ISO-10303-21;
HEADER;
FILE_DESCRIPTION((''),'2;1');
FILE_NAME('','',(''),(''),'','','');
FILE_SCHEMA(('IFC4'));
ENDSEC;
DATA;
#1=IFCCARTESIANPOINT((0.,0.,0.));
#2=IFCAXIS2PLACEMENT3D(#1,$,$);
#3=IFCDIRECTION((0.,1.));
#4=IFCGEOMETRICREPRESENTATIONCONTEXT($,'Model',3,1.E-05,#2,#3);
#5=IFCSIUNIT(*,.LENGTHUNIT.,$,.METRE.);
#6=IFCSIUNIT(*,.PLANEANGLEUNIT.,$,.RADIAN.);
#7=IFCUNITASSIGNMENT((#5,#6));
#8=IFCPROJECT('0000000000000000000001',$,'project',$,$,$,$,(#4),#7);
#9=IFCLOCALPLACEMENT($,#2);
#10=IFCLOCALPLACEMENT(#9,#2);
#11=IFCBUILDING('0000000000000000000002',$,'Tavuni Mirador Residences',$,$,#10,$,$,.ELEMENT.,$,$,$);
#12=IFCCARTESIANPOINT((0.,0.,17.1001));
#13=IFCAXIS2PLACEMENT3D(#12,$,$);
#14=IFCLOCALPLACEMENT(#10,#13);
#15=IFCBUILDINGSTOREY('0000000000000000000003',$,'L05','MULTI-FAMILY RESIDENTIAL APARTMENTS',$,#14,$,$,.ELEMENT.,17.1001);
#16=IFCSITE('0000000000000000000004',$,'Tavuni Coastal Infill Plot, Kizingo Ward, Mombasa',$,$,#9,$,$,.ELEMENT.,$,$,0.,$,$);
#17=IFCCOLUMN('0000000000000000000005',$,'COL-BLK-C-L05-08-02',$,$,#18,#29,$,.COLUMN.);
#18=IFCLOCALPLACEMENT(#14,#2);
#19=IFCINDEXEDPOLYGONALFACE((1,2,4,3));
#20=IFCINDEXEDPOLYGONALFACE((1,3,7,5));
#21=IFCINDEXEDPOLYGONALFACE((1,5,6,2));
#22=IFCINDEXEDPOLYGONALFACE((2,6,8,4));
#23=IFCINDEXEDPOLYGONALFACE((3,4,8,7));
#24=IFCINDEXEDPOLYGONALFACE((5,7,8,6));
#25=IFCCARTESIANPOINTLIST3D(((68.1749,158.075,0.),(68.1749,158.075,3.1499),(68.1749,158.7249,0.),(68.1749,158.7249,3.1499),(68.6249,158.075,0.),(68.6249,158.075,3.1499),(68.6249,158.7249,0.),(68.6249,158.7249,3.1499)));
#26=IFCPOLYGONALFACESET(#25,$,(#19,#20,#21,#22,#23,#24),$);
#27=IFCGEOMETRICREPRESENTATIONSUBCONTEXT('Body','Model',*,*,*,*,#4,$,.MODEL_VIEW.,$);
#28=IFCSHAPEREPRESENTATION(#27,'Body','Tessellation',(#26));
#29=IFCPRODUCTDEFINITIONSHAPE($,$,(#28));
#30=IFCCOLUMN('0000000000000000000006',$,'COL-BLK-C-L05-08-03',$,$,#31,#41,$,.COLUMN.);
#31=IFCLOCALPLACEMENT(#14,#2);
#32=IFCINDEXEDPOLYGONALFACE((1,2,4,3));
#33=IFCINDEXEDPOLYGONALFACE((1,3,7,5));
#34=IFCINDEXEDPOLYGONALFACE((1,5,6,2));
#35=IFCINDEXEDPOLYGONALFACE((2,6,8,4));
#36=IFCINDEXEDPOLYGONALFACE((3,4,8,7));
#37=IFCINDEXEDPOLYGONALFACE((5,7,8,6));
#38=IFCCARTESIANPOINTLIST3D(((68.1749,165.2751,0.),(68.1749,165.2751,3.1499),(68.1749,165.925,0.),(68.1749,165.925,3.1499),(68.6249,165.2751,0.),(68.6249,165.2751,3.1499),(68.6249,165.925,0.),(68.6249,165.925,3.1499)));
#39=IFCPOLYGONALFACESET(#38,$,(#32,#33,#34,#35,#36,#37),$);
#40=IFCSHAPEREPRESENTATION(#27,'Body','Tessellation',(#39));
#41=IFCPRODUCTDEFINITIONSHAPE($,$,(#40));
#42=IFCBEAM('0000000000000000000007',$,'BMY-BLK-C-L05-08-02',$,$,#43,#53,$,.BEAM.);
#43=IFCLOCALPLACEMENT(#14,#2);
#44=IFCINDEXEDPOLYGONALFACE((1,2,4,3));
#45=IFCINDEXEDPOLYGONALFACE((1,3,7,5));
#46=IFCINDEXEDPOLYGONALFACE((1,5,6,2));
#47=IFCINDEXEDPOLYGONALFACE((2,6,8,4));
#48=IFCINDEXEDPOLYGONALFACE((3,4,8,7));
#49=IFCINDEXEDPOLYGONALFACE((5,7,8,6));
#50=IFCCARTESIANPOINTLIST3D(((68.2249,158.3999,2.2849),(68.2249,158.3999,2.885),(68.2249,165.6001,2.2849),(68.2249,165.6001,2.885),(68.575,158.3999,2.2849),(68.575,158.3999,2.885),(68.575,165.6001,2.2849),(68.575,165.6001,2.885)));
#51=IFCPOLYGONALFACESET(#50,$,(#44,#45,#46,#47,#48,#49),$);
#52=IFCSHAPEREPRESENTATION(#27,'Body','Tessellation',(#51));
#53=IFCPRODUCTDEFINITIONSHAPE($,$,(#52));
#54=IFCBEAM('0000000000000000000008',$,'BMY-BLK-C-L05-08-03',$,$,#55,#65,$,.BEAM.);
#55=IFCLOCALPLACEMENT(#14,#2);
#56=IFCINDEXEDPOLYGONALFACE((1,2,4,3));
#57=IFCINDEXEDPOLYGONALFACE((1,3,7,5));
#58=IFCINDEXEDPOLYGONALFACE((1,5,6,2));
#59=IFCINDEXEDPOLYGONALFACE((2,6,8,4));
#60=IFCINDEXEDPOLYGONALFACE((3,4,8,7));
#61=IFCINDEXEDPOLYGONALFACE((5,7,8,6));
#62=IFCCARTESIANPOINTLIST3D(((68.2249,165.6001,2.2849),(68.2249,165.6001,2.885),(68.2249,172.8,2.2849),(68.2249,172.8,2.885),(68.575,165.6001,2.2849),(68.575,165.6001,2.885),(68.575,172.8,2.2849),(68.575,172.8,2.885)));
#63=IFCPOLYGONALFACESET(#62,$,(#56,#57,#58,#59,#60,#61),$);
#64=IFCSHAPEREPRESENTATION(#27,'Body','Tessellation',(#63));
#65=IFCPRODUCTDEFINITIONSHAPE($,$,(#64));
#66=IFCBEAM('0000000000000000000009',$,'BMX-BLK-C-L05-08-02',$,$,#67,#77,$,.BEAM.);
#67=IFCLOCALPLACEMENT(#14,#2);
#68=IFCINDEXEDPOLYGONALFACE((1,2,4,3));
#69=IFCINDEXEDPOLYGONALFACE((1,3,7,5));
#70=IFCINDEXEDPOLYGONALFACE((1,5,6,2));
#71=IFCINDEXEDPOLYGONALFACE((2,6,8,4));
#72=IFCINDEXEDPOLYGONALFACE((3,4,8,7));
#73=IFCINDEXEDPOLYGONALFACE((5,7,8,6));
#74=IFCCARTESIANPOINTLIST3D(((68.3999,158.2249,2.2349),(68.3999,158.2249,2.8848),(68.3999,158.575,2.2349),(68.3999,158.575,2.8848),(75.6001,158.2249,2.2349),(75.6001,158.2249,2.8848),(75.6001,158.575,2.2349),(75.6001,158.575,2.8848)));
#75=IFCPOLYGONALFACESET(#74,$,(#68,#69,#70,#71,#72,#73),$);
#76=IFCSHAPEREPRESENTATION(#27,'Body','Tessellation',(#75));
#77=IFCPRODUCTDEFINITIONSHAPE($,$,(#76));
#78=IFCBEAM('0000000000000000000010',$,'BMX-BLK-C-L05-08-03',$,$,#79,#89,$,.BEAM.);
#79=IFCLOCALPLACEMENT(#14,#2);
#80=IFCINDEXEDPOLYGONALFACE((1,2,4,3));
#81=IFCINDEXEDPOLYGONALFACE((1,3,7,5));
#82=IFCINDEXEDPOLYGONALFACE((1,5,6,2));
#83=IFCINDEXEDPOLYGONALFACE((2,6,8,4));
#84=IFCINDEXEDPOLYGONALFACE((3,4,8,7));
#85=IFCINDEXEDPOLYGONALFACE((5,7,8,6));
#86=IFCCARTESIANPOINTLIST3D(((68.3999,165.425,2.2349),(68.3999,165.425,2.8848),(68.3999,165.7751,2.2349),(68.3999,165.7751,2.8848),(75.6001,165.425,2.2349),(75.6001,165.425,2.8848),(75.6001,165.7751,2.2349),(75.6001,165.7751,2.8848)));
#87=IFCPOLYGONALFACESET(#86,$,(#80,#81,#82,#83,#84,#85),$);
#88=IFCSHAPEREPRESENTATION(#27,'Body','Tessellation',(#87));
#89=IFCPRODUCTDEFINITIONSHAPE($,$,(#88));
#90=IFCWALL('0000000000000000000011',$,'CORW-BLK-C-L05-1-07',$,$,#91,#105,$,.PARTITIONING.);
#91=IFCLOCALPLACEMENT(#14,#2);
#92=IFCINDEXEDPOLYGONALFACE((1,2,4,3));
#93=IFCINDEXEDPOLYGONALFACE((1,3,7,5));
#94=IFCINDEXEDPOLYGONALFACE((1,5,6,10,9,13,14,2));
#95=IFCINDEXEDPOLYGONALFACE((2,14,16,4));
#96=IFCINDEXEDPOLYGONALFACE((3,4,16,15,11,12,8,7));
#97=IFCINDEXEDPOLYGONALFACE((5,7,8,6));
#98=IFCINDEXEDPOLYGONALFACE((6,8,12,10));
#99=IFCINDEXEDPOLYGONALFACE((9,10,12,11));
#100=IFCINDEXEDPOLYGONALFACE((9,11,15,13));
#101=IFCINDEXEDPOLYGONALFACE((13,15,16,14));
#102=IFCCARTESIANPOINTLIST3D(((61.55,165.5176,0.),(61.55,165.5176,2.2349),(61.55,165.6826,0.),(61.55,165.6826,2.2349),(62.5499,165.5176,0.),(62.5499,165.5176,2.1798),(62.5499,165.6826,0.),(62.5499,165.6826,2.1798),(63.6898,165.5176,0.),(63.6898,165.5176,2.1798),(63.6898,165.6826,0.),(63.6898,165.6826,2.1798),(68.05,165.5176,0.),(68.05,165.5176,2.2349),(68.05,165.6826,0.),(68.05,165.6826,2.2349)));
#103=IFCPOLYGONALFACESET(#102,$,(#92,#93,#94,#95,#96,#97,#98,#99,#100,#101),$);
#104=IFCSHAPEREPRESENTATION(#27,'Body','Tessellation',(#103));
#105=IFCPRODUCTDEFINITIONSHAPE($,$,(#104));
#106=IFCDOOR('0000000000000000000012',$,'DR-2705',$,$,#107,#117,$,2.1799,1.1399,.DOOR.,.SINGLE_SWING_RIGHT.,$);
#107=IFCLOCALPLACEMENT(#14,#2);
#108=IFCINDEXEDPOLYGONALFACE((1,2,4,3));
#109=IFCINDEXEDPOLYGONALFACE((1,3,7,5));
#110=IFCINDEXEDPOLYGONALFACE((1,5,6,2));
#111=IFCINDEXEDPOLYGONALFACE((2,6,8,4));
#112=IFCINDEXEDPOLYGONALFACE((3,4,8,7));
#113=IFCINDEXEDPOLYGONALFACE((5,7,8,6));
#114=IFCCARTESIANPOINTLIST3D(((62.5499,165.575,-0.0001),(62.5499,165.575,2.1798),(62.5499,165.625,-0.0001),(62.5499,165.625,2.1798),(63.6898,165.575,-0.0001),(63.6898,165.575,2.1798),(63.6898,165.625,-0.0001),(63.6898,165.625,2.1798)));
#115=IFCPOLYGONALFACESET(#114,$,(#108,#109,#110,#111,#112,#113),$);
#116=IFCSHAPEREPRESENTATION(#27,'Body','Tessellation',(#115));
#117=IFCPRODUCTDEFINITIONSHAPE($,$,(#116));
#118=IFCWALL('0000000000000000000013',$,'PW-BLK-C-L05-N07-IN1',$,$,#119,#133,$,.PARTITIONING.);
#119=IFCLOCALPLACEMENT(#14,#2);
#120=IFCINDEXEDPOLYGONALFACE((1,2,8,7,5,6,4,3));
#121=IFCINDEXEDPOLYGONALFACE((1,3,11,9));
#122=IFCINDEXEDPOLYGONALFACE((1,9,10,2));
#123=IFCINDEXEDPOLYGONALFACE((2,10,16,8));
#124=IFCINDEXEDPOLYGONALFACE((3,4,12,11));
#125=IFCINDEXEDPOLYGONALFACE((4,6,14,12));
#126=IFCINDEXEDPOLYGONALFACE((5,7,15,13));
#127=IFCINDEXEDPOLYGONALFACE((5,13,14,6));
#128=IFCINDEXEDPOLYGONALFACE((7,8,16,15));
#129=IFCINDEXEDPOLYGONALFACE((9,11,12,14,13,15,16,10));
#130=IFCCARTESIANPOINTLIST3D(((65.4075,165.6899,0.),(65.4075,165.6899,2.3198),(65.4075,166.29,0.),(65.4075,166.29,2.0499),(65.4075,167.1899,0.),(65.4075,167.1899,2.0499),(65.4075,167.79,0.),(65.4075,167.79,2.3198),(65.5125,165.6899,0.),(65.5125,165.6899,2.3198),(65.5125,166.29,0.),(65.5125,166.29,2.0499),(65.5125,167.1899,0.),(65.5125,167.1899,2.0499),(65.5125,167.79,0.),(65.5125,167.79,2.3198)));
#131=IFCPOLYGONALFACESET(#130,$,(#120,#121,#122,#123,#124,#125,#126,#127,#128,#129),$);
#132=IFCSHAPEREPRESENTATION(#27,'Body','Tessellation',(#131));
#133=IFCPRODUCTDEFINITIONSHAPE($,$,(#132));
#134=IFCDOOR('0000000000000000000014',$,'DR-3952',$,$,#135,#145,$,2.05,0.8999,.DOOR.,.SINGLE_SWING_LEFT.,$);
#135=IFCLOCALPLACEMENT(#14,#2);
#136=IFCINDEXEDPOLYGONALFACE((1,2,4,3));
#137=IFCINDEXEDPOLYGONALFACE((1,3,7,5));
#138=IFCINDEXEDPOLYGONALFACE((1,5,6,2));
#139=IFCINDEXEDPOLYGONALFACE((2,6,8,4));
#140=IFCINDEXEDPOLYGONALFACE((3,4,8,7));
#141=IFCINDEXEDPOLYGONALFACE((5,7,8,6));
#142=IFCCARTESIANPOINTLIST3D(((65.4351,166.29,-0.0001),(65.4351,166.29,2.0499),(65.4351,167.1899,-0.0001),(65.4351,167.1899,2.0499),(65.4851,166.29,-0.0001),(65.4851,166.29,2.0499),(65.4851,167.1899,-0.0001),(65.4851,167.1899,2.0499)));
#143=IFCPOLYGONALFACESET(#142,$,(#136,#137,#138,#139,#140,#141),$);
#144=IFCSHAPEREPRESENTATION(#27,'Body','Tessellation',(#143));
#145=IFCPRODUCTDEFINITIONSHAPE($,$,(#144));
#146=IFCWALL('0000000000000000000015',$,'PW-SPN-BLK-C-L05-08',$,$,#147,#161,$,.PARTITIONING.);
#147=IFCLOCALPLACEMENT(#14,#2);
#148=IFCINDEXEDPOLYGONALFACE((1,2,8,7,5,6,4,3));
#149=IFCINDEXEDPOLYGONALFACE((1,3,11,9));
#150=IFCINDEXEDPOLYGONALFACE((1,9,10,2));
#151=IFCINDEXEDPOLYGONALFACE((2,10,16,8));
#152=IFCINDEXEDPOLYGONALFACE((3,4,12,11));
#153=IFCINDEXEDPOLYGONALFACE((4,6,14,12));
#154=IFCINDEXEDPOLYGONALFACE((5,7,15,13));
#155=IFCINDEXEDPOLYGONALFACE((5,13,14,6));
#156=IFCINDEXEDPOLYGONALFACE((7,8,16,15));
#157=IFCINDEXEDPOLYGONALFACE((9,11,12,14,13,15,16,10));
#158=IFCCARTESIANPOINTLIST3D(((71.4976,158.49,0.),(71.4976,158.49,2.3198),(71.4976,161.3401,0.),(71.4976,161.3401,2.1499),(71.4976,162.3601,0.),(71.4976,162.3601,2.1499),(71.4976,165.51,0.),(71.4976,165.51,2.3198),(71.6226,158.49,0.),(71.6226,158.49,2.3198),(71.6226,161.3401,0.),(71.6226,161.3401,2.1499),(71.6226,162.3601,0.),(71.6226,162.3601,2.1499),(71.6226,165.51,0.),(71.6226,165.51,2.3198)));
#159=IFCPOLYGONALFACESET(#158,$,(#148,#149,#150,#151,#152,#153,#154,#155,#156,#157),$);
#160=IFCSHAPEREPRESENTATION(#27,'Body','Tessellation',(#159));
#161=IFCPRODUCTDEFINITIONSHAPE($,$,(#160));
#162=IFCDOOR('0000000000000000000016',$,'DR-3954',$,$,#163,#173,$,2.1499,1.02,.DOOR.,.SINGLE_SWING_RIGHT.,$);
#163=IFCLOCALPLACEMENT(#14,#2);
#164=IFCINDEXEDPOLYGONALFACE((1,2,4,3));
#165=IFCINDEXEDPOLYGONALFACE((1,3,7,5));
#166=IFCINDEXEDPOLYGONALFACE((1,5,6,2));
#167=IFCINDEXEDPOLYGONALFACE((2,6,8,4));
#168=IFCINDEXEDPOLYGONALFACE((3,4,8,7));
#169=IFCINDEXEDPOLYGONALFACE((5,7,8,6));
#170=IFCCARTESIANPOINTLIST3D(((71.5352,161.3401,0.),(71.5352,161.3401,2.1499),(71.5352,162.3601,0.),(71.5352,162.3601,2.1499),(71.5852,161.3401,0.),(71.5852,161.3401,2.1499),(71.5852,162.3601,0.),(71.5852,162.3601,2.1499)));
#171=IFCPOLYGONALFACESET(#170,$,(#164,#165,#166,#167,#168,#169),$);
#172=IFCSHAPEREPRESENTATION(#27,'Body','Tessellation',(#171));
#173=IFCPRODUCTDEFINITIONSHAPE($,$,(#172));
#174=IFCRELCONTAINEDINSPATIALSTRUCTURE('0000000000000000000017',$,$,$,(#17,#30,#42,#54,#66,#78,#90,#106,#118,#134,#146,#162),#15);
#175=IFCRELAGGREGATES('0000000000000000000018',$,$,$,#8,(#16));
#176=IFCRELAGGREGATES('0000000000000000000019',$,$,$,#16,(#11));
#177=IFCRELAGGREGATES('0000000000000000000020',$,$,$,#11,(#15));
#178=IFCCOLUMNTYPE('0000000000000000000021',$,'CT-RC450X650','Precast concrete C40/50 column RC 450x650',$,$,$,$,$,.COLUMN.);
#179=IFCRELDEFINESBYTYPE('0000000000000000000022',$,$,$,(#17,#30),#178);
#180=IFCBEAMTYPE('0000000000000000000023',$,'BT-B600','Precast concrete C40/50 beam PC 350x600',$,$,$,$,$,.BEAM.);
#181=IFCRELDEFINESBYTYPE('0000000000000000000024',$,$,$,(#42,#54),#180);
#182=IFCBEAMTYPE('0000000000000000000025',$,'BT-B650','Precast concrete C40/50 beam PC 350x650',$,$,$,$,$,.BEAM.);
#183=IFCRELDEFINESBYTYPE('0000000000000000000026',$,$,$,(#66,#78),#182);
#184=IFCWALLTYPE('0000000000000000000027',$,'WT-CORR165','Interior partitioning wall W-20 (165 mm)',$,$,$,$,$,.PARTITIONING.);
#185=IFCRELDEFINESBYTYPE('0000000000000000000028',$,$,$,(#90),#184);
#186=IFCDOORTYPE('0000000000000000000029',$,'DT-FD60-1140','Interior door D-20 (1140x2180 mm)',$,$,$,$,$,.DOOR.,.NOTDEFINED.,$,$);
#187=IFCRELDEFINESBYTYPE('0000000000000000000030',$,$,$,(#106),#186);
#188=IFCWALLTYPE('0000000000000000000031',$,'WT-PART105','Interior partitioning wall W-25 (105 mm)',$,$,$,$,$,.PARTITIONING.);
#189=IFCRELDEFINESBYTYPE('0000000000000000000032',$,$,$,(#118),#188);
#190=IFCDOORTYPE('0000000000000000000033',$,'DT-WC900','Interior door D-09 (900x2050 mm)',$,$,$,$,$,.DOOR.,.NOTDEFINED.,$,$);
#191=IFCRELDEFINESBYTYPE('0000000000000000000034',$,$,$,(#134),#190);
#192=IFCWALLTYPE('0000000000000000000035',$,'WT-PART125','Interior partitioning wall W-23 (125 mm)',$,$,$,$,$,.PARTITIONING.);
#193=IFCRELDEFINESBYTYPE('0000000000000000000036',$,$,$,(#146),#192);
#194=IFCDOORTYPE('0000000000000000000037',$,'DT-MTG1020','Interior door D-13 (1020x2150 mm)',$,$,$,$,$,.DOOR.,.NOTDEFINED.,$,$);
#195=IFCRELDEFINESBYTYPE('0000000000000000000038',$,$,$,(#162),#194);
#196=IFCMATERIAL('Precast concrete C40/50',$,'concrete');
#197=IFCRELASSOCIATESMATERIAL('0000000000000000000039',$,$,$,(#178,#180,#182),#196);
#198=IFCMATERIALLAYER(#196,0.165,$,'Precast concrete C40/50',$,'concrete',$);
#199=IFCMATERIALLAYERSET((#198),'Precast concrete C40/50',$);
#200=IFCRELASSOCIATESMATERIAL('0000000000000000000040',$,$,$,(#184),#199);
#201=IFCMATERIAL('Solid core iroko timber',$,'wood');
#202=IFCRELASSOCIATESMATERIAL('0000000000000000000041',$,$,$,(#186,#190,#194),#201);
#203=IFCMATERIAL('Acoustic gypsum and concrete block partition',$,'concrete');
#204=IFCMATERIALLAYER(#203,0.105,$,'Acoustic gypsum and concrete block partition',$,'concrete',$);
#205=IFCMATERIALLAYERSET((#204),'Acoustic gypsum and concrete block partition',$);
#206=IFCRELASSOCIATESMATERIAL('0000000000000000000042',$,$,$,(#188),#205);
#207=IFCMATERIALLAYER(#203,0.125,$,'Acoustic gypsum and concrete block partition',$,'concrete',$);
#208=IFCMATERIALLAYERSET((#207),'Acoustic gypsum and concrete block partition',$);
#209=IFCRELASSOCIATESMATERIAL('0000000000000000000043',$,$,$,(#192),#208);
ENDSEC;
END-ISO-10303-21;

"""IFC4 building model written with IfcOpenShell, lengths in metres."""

from ifc_helpers import new_model, si_unit, direction, frame, frame_2d, origin, origin_2d, place, context, subcontext, project, spatial, rectangle, extrude, material, layer, layer_set, material_profile, profile_set, type_object, element, fill, save


model = new_model("IFC4")

# Units and contexts
model_context = context("Model", 3, precision=1e-05, world=origin(), true_north=direction((0.0, 1.0)))
body_context = subcontext(model_context, "Body", "Model", "MODEL_VIEW")
ifc_project = project(units=[si_unit("LENGTHUNIT", "METRE"), si_unit("PLANEANGLEUNIT", "RADIAN")], contexts=[model_context])

# Site, building, storey
site_placement = place(None, origin())
site = spatial("IfcSite", under=ifc_project, at=site_placement, Name="Tavuni Coastal Infill Plot, Kizingo Ward, Mombasa", CompositionType="ELEMENT", RefElevation=0.0)
building_placement = place(site_placement, origin())
building = spatial("IfcBuilding", under=site, at=building_placement, Name="Tavuni Mirador Residences", CompositionType="ELEMENT")
storey_placement = place(building_placement, frame((0.0, 0.0, 17.1001)))
storey = spatial("IfcBuildingStorey", under=building, at=storey_placement, Name="L05", Description="MULTI-FAMILY RESIDENTIAL APARTMENTS", CompositionType="ELEMENT", Elevation=17.1001)

# Columns
ifc_material_1 = material(Name="Precast concrete C40/50", Category="concrete")
ifc_material_profile_1 = material_profile(ifc_material_1, rectangle(XDim=0.45, YDim=0.6499, at=origin_2d()), Name="RC 450x650", Category="concrete")
ifc_profile_set_1 = profile_set([ifc_material_profile_1], Name="Precast concrete C40/50")
column_type = type_object("IfcColumnType", Name="CT-RC450X650", Description="Precast concrete C40/50 column RC 450x650", PredefinedType="COLUMN", material=ifc_profile_set_1)
for number, where, z_axis, x_axis, name in (
    (1, (68.3999, 158.3999, 0.0), (0.0, 0.0, 1.0), (1.0, 0.0, 0.0), "COL-BLK-C-L05-08-02"),
    (2, (68.3999, 165.6001, 0.0), (0.0, 0.0, 1.0), (1.0, 0.0, 0.0), "COL-BLK-C-L05-08-03"),
):
    element("IfcColumn", number, at=place(storey_placement, frame(where, z_axis=z_axis, x_axis=x_axis)), inside=storey, type_object=column_type, Name=name, PredefinedType="COLUMN", context=body_context, shape_type="SweptSolid", body=[
        extrude(rectangle(XDim=0.45, YDim=0.6499, at=origin_2d()), origin(), (0.0, 0.0, 1.0), 3.1499),
    ])

# Beams
ifc_material_profile_2 = material_profile(ifc_material_1, rectangle(XDim=0.3501, YDim=0.6001, at=origin_2d()), Name="PC 350x600", Category="concrete")
ifc_profile_set_2 = profile_set([ifc_material_profile_2], Name="Precast concrete C40/50")
beam_type_1 = type_object("IfcBeamType", Name="BT-B600", Description="Precast concrete C40/50 beam PC 350x600", PredefinedType="BEAM", material=ifc_profile_set_2)
beam_1_placement = place(storey_placement, frame((68.3999, 158.3999, 2.585), z_axis=(0.0, 1.0, 0.0), x_axis=(-1.0, 0.0, 0.0)))
element("IfcBeam", 3, at=beam_1_placement, inside=storey, type_object=beam_type_1, Name="BMY-BLK-C-L05-08-02", PredefinedType="BEAM", context=body_context, shape_type="SweptSolid", body=[
    extrude(rectangle(XDim=0.3501, YDim=0.6001, at=origin_2d()), origin(), (0.0, 0.0, 1.0), 7.2002),
])
beam_2_placement = place(storey_placement, frame((68.3999, 165.6001, 2.585), z_axis=(0.0, 1.0, 0.0), x_axis=(-1.0, 0.0, 0.0)))
element("IfcBeam", 4, at=beam_2_placement, inside=storey, type_object=beam_type_1, Name="BMY-BLK-C-L05-08-03", PredefinedType="BEAM", context=body_context, shape_type="SweptSolid", body=[
    extrude(rectangle(XDim=0.3501, YDim=0.6001, at=origin_2d()), origin(), (0.0, 0.0, 1.0), 7.2),
])
ifc_material_profile_3 = material_profile(ifc_material_1, rectangle(XDim=0.3501, YDim=0.6499, at=origin_2d()), Name="PC 350x650", Category="concrete")
ifc_profile_set_3 = profile_set([ifc_material_profile_3], Name="Precast concrete C40/50")
beam_type_2 = type_object("IfcBeamType", Name="BT-B650", Description="Precast concrete C40/50 beam PC 350x650", PredefinedType="BEAM", material=ifc_profile_set_3)
for number, where, z_axis, x_axis, name in (
    (5, (68.3999, 158.3999, 2.5598), (1.0, 0.0, 0.0), (0.0, 1.0, 0.0), "BMX-BLK-C-L05-08-02"),
    (6, (68.3999, 165.6001, 2.5598), (1.0, 0.0, 0.0), (0.0, 1.0, 0.0), "BMX-BLK-C-L05-08-03"),
):
    element("IfcBeam", number, at=place(storey_placement, frame(where, z_axis=z_axis, x_axis=x_axis)), inside=storey, type_object=beam_type_2, Name=name, PredefinedType="BEAM", context=body_context, shape_type="SweptSolid", body=[
        extrude(rectangle(XDim=0.3501, YDim=0.6499, at=origin_2d()), origin(), (0.0, 0.0, 1.0), 7.2002),
    ])

# Walls, openings, doors
ifc_layer_1 = layer(ifc_material_1, 0.165, Name="Precast concrete C40/50", Category="concrete")
ifc_layer_set_1 = layer_set([ifc_layer_1], Name="Precast concrete C40/50")
wall_type_1 = type_object("IfcWallType", Name="WT-CORR165", Description="Interior partitioning wall W-20 (165 mm)", PredefinedType="PARTITIONING", material=ifc_layer_set_1)
wall_1_placement = place(storey_placement, frame((61.55, 165.6001, 0.0), z_axis=(0.0, 0.0, 1.0), x_axis=(1.0, 0.0, 0.0)))
wall_1 = element("IfcWall", 7, at=wall_1_placement, inside=storey, type_object=wall_type_1, Name="CORW-BLK-C-L05-1-07", PredefinedType="PARTITIONING", context=body_context, shape_type="SweptSolid", body=[
    extrude(rectangle(XDim=6.5, YDim=0.165, at=frame_2d((3.25, 0.0))), origin(), (0.0, 0.0, 1.0), 2.2349),
])
opening_1_placement = place(wall_1_placement, frame((1.0, 0.0, 0.0)))
opening_1 = element("IfcOpeningElement", 8, at=opening_1_placement, cuts=wall_1, PredefinedType="OPENING", context=body_context, shape_type="SweptSolid", body=[
    extrude(rectangle(XDim=1.1399, YDim=2.1799, at=frame_2d((0.5698, 1.0898))), frame((0.0, 0.0925, 0.0), z_axis=(0.0, -1.0, 0.0), x_axis=(1.0, 0.0, 0.0)), (0.0, 0.0, 1.0), 0.1851),
])
ifc_material_2 = material(Name="Solid core iroko timber", Category="wood")
door_type_1 = type_object("IfcDoorType", Name="DT-FD60-1140", Description="Interior door D-20 (1140x2180 mm)", OperationType="NOTDEFINED", PredefinedType="DOOR", material=ifc_material_2)
door_1_placement = place(opening_1_placement, origin())
door_1 = element("IfcDoor", 9, at=door_1_placement, inside=storey, type_object=door_type_1, Name="DR-2705", OperationType="SINGLE_SWING_RIGHT", OverallHeight=2.1799, OverallWidth=1.1399, PredefinedType="DOOR", context=body_context, shape_type="SweptSolid", body=[
    extrude(rectangle(XDim=1.1399, YDim=2.1799, at=frame_2d((0.5698, 1.0898))), frame((0.0, 0.0249, 0.0), z_axis=(0.0, -1.0, 0.0), x_axis=(1.0, 0.0, 0.0)), (0.0, 0.0, 1.0), 0.05),
])
fill(opening_1, door_1)
ifc_material_3 = material(Name="Acoustic gypsum and concrete block partition", Category="concrete")
ifc_layer_2 = layer(ifc_material_3, 0.105, Name="Acoustic gypsum and concrete block partition", Category="concrete")
ifc_layer_set_2 = layer_set([ifc_layer_2], Name="Acoustic gypsum and concrete block partition")
wall_type_2 = type_object("IfcWallType", Name="WT-PART105", Description="Interior partitioning wall W-25 (105 mm)", PredefinedType="PARTITIONING", material=ifc_layer_set_2)
wall_2_placement = place(storey_placement, frame((65.46, 165.6899, 0.0), z_axis=(0.0, 0.0, 1.0), x_axis=(0.0, 1.0, 0.0)))
wall_2 = element("IfcWall", 10, at=wall_2_placement, inside=storey, type_object=wall_type_2, Name="PW-BLK-C-L05-N07-IN1", PredefinedType="PARTITIONING", context=body_context, shape_type="SweptSolid", body=[
    extrude(rectangle(XDim=2.1001, YDim=0.105, at=frame_2d((1.05, 0.0))), origin(), (0.0, 0.0, 1.0), 2.3198),
])
opening_2_placement = place(wall_2_placement, frame((0.6001, 0.0, 0.0)))
opening_2 = element("IfcOpeningElement", 11, at=opening_2_placement, cuts=wall_2, PredefinedType="OPENING", context=body_context, shape_type="SweptSolid", body=[
    extrude(rectangle(XDim=0.8999, YDim=2.05, at=frame_2d((0.45, 1.0249))), frame((0.0, 0.0625, 0.0), z_axis=(0.0, -1.0, 0.0), x_axis=(1.0, 0.0, 0.0)), (0.0, 0.0, 1.0), 0.125),
])
door_type_2 = type_object("IfcDoorType", Name="DT-WC900", Description="Interior door D-09 (900x2050 mm)", OperationType="NOTDEFINED", PredefinedType="DOOR", material=ifc_material_2)
door_2_placement = place(opening_2_placement, origin())
door_2 = element("IfcDoor", 12, at=door_2_placement, inside=storey, type_object=door_type_2, Name="DR-3952", OperationType="SINGLE_SWING_LEFT", OverallHeight=2.05, OverallWidth=0.8999, PredefinedType="DOOR", context=body_context, shape_type="SweptSolid", body=[
    extrude(rectangle(XDim=0.8999, YDim=2.05, at=frame_2d((0.45, 1.0249))), frame((0.0, 0.0249, 0.0), z_axis=(0.0, -1.0, 0.0), x_axis=(1.0, 0.0, 0.0)), (0.0, 0.0, 1.0), 0.05),
])
fill(opening_2, door_2)
ifc_layer_3 = layer(ifc_material_3, 0.125, Name="Acoustic gypsum and concrete block partition", Category="concrete")
ifc_layer_set_3 = layer_set([ifc_layer_3], Name="Acoustic gypsum and concrete block partition")
wall_type_3 = type_object("IfcWallType", Name="WT-PART125", Description="Interior partitioning wall W-23 (125 mm)", PredefinedType="PARTITIONING", material=ifc_layer_set_3)
wall_3_placement = place(storey_placement, frame((71.5601, 158.49, 0.0), z_axis=(0.0, 0.0, 1.0), x_axis=(0.0, 1.0, 0.0)))
wall_3 = element("IfcWall", 13, at=wall_3_placement, inside=storey, type_object=wall_type_3, Name="PW-SPN-BLK-C-L05-08", PredefinedType="PARTITIONING", context=body_context, shape_type="SweptSolid", body=[
    extrude(rectangle(XDim=7.02, YDim=0.125, at=frame_2d((3.51, 0.0))), origin(), (0.0, 0.0, 1.0), 2.3198),
])
opening_3_placement = place(wall_3_placement, frame((2.8501, 0.0, 0.0)))
opening_3 = element("IfcOpeningElement", 14, at=opening_3_placement, cuts=wall_3, PredefinedType="OPENING", context=body_context, shape_type="SweptSolid", body=[
    extrude(rectangle(XDim=1.02, YDim=2.1499, at=frame_2d((0.51, 1.075))), frame((0.0, 0.0725, 0.0), z_axis=(0.0, -1.0, 0.0), x_axis=(1.0, 0.0, 0.0)), (0.0, 0.0, 1.0), 0.145),
])
door_type_3 = type_object("IfcDoorType", Name="DT-MTG1020", Description="Interior door D-13 (1020x2150 mm)", OperationType="NOTDEFINED", PredefinedType="DOOR", material=ifc_material_2)
door_3_placement = place(opening_3_placement, origin())
door_3 = element("IfcDoor", 15, at=door_3_placement, inside=storey, type_object=door_type_3, Name="DR-3954", OperationType="SINGLE_SWING_RIGHT", OverallHeight=2.1499, OverallWidth=1.02, PredefinedType="DOOR", context=body_context, shape_type="SweptSolid", body=[
    extrude(rectangle(XDim=1.02, YDim=2.1499, at=frame_2d((0.51, 1.075))), frame((0.0, 0.0249, 0.0), z_axis=(0.0, -1.0, 0.0), x_axis=(1.0, 0.0, 0.0)), (0.0, 0.0, 1.0), 0.05),
])
fill(opening_3, door_3)

save(model, "model.ifc")
